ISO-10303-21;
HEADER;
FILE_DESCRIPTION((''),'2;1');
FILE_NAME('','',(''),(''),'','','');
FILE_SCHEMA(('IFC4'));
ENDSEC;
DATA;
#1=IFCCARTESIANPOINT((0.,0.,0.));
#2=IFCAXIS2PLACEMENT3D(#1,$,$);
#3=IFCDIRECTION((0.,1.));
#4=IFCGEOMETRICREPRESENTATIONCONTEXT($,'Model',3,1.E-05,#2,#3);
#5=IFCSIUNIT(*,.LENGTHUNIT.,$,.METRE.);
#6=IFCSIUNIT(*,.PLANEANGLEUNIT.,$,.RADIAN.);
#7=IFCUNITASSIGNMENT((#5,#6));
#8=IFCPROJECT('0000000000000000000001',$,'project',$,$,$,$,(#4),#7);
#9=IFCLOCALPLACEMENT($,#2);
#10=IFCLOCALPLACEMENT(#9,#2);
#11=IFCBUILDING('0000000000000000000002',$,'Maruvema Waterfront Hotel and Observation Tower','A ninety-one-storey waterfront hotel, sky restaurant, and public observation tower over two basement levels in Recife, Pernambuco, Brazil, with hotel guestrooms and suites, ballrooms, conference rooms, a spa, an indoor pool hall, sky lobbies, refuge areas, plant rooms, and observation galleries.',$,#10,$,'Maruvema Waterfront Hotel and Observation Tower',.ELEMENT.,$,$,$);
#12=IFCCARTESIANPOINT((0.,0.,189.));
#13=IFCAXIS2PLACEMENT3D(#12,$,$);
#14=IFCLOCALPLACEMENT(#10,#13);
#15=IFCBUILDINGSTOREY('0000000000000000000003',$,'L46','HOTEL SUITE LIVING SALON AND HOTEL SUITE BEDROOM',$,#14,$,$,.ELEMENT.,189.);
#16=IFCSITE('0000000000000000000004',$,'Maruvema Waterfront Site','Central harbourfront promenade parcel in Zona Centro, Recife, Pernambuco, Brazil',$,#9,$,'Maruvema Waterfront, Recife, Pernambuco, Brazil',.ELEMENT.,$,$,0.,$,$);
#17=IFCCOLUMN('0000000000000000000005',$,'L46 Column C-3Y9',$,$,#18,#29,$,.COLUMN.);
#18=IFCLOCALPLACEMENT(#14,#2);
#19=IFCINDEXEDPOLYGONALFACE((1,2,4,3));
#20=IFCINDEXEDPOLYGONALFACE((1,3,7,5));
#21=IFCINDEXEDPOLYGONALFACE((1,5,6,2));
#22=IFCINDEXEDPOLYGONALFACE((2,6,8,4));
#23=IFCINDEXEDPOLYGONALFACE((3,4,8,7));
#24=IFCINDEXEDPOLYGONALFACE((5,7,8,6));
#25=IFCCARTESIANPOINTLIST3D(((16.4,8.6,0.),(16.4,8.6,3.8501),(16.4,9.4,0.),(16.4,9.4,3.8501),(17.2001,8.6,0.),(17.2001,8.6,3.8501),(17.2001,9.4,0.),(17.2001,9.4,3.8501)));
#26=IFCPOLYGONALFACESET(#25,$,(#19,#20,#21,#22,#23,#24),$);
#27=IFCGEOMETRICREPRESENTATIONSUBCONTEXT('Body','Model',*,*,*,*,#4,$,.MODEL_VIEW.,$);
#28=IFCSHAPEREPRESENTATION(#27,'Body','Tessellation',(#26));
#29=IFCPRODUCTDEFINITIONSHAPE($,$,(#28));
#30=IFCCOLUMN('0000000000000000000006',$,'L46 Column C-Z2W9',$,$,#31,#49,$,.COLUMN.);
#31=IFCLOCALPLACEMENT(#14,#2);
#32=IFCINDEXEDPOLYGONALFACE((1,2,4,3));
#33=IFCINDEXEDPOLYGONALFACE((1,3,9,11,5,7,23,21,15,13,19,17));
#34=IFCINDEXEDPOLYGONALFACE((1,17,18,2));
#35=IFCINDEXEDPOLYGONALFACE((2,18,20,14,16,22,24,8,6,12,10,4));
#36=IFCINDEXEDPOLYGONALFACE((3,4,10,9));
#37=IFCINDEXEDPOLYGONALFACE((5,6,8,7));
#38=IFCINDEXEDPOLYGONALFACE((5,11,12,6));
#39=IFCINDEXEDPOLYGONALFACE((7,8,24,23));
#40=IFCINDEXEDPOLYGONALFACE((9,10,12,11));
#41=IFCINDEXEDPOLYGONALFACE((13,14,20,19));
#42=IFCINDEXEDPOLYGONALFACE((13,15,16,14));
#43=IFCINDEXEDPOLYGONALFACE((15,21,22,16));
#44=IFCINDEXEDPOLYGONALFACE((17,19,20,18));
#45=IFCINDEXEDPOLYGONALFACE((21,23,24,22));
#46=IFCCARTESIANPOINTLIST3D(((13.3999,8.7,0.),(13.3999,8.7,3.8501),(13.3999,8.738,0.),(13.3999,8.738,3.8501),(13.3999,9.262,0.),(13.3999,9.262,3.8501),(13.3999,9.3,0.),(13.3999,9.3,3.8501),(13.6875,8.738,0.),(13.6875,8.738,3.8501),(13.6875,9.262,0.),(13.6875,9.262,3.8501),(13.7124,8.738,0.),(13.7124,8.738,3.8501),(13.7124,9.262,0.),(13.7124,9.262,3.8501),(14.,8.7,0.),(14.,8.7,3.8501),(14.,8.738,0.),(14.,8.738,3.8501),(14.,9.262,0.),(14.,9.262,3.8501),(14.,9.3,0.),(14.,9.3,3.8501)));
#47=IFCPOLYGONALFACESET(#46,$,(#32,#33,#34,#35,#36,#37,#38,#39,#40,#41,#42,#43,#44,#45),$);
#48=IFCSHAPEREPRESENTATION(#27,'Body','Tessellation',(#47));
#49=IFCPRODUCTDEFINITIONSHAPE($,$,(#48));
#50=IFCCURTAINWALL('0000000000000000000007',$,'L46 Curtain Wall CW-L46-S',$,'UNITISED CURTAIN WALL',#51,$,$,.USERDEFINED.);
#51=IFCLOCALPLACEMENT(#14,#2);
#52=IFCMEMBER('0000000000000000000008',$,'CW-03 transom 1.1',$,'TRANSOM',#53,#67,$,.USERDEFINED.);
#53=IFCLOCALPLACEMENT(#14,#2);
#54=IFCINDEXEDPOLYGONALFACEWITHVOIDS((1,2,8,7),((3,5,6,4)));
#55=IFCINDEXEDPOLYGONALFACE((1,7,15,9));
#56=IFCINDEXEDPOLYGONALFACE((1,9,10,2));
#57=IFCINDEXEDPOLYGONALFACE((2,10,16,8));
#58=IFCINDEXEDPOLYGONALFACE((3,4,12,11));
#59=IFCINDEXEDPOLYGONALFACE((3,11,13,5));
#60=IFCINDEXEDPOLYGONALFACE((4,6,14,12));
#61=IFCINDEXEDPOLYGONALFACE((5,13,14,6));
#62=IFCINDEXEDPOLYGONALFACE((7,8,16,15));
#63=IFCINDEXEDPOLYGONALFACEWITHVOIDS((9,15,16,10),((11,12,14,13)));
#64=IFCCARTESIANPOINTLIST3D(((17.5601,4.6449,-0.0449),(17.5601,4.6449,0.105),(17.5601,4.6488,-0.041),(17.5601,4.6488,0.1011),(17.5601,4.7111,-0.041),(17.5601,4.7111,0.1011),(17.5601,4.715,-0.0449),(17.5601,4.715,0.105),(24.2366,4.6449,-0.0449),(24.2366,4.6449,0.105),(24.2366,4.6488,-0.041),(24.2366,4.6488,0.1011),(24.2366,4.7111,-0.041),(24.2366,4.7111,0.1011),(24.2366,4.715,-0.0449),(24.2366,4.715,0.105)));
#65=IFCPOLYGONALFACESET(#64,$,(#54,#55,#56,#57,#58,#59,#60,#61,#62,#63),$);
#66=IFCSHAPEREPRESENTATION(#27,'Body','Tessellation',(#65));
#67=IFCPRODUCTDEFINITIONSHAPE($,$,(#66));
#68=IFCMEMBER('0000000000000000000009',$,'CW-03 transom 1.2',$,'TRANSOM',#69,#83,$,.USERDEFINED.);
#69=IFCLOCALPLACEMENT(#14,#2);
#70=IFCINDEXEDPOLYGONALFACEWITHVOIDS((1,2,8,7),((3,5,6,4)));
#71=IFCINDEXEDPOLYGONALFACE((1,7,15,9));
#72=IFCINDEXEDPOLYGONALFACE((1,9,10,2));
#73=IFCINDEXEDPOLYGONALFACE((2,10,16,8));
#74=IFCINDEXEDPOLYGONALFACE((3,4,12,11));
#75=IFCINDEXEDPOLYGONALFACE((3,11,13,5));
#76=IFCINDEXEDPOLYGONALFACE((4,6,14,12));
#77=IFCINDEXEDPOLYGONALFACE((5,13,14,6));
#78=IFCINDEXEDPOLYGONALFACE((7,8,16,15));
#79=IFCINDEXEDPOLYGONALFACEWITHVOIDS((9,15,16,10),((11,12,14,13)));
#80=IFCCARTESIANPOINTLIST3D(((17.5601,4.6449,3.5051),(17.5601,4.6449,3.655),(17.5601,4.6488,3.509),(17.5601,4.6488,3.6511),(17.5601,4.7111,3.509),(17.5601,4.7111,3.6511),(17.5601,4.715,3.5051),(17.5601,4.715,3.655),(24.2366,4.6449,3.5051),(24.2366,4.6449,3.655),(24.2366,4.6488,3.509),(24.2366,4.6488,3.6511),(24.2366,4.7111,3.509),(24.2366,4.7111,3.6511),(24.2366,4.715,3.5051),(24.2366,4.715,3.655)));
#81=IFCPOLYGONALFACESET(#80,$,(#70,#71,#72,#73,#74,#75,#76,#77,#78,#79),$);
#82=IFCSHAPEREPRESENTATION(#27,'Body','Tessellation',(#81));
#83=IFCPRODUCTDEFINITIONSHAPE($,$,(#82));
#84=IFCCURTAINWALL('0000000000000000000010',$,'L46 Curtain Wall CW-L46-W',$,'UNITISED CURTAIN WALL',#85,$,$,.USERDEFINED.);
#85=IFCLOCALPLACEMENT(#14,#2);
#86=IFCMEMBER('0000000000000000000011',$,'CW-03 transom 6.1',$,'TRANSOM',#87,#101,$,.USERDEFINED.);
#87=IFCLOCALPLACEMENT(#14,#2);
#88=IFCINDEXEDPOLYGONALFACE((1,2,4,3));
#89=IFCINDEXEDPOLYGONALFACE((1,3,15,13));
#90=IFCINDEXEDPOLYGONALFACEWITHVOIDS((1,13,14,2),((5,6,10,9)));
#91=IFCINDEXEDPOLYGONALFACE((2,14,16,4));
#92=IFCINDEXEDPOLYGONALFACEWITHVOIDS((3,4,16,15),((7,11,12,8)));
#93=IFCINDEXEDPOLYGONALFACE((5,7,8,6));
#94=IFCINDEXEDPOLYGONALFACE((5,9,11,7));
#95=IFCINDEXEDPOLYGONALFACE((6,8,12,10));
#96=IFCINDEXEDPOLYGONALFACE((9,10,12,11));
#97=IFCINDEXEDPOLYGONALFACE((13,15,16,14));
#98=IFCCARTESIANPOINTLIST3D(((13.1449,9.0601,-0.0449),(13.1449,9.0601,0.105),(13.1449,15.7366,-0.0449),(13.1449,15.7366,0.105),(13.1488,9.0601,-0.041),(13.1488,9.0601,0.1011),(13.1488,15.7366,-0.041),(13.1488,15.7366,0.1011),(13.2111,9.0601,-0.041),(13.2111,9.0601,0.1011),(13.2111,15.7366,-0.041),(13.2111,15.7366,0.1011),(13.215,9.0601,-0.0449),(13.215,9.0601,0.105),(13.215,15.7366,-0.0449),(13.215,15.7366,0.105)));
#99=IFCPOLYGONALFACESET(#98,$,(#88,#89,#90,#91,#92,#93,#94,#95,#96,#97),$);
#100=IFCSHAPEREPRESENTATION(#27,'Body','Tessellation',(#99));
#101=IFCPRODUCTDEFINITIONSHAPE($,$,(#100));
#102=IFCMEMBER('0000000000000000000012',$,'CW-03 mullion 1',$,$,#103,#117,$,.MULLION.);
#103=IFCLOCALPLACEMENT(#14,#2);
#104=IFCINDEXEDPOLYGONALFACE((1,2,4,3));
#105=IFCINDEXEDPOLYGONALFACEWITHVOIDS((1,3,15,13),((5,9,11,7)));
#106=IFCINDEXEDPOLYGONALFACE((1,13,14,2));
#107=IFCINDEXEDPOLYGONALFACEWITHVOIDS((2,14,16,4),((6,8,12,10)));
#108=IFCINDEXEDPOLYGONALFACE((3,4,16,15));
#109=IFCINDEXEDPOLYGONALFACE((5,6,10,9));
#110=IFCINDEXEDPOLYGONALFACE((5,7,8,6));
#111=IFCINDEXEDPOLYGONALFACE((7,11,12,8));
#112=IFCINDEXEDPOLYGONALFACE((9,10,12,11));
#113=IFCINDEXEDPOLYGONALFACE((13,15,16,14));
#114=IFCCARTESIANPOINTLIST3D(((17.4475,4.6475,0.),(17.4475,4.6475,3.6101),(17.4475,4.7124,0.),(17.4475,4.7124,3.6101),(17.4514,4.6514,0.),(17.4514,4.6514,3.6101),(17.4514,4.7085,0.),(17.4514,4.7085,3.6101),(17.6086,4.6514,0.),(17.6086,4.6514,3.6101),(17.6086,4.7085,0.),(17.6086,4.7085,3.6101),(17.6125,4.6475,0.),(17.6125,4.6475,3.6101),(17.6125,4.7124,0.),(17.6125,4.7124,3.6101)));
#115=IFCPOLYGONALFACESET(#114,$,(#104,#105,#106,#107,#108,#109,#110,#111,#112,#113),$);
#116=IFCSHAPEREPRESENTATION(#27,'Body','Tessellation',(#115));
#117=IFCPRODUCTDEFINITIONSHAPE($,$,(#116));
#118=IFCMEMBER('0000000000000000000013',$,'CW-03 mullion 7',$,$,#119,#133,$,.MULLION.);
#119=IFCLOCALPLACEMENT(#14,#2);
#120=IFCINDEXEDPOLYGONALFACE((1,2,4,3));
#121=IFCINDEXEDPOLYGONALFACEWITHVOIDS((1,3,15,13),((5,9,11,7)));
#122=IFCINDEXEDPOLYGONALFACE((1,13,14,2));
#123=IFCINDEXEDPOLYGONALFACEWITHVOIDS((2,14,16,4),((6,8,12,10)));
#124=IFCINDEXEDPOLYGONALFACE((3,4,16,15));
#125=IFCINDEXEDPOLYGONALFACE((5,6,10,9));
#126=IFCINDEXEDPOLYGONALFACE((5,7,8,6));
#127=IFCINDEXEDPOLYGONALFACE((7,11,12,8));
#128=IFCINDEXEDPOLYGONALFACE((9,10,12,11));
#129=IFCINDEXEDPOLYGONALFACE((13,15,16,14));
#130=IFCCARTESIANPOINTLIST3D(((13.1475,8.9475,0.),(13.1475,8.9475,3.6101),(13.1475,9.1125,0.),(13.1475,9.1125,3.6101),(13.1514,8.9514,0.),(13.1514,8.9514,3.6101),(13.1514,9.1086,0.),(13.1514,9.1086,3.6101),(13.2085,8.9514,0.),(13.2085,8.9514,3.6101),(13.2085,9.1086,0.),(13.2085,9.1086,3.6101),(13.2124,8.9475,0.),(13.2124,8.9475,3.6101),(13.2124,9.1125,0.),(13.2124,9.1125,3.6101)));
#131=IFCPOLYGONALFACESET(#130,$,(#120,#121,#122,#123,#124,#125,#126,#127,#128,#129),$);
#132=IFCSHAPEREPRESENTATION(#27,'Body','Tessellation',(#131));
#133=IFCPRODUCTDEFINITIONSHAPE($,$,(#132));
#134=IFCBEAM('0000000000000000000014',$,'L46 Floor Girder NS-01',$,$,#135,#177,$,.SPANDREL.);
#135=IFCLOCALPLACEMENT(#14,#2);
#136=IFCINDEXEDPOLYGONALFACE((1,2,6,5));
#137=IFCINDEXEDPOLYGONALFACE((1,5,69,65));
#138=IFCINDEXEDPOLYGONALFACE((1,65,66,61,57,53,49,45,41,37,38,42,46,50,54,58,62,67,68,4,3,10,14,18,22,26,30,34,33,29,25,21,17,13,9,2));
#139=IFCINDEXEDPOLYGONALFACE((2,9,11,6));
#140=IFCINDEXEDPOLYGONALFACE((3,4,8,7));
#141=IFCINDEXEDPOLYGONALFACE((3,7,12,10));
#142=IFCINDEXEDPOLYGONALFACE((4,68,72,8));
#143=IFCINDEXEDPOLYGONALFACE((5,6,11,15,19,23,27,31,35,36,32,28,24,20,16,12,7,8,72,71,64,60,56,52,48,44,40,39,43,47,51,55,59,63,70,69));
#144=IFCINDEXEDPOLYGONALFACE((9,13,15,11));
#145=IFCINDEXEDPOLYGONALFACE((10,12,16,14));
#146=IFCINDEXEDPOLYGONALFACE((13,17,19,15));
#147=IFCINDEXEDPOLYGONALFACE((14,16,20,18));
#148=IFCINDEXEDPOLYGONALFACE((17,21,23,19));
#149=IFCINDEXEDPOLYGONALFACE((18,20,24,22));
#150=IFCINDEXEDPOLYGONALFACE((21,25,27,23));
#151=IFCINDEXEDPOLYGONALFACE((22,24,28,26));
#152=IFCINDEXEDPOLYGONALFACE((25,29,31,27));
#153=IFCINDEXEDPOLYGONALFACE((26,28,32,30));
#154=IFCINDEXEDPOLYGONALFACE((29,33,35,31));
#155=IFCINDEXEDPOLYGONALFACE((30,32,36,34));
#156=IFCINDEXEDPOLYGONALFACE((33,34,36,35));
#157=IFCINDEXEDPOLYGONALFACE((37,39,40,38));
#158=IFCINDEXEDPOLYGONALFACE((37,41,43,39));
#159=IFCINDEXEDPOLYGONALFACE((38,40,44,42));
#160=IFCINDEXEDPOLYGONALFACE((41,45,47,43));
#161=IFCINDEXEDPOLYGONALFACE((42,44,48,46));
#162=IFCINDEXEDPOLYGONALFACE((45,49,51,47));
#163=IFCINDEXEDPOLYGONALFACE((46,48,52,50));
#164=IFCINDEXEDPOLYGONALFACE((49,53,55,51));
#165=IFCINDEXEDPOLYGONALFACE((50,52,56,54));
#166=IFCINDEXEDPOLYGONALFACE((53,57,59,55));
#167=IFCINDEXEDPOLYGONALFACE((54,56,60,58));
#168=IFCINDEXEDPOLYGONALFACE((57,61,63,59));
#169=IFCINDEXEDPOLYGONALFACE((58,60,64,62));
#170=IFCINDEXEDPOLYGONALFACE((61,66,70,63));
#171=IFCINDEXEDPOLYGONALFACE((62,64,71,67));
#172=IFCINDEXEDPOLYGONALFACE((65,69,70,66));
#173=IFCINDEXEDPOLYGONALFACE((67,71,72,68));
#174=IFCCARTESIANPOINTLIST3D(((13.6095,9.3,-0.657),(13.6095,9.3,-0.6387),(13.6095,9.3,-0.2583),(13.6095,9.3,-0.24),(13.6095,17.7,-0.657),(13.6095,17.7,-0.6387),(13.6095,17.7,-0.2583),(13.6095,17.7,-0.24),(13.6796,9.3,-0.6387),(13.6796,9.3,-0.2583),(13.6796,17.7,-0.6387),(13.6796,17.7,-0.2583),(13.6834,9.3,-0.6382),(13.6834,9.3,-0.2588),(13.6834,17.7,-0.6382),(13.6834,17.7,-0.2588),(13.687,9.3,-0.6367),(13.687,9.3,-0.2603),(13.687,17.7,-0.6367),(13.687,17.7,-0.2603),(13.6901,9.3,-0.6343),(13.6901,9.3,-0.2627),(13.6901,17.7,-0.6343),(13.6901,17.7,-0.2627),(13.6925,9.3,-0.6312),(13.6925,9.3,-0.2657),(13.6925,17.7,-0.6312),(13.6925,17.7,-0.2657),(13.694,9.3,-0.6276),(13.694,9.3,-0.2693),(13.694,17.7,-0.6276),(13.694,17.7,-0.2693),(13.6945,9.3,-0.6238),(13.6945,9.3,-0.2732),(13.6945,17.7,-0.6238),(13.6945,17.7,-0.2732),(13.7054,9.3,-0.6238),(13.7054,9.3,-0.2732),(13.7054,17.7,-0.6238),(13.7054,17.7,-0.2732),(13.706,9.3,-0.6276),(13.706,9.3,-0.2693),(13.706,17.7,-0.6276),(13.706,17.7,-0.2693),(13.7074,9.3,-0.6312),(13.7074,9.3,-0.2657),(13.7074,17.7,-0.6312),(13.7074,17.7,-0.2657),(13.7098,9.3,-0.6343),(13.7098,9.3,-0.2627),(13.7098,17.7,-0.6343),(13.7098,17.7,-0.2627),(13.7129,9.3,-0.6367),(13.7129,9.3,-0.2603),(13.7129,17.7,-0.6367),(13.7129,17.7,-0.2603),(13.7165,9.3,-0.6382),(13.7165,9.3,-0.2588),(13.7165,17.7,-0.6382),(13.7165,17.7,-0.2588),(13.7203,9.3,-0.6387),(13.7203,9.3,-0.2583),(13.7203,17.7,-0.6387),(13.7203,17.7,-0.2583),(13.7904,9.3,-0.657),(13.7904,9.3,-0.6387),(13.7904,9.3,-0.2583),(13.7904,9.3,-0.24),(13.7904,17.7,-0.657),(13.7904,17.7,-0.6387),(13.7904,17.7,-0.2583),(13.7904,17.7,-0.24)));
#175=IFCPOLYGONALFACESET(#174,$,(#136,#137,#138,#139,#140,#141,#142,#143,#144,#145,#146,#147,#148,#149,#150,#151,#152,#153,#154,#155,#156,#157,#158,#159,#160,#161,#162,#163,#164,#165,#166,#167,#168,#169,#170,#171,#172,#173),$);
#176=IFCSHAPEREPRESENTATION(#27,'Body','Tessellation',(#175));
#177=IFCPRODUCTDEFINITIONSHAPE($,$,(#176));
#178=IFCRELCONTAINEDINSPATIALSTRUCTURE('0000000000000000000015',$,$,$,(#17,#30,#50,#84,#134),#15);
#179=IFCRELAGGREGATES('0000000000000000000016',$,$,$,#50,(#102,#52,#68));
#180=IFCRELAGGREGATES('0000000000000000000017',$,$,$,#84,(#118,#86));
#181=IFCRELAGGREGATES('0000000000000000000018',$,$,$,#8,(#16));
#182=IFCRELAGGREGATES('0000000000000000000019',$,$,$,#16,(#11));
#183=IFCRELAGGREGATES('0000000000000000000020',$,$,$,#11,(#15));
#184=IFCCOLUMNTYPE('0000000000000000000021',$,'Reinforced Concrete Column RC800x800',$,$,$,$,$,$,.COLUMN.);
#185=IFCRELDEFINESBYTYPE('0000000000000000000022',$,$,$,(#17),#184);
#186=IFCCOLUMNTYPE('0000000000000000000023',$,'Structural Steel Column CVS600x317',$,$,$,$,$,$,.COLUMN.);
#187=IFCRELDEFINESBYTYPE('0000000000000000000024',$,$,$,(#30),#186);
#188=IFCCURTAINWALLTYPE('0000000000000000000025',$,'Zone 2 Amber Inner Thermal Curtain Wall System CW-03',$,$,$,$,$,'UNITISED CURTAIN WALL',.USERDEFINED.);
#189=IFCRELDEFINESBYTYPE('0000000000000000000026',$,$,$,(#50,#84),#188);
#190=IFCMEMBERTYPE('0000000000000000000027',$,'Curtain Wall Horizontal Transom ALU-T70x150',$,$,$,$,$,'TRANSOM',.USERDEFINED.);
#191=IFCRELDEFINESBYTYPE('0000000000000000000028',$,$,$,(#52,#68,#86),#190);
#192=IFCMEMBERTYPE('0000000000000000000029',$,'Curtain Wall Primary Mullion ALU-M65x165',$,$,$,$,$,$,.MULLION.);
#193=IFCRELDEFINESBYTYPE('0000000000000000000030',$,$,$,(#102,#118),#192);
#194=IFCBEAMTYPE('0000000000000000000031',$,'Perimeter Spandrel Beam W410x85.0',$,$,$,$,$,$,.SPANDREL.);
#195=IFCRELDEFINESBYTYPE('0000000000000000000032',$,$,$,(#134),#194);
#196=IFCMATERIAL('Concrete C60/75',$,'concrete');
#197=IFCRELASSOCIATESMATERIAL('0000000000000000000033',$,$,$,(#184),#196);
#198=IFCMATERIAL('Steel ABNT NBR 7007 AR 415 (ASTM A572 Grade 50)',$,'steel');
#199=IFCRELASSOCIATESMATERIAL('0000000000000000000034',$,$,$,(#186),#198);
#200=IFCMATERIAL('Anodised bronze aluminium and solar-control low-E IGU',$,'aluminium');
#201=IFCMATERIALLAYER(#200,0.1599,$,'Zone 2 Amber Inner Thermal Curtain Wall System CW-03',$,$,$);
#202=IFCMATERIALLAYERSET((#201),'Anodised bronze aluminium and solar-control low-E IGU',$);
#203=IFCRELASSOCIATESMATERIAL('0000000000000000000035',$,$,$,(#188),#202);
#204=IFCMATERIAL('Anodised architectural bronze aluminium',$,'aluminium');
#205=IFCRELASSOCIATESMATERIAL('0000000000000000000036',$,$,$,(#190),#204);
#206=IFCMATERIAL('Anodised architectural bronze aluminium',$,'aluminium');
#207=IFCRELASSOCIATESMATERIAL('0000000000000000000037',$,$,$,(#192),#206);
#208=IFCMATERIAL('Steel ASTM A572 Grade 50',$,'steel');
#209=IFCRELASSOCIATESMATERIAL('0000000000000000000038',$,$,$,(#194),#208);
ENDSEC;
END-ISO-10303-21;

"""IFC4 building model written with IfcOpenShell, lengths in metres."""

from ifc_helpers import new_model, si_unit, direction, frame, origin, origin_2d, place, context, subcontext, project, spatial, rectangle, hollow_rectangle, i_section, extrude, material, layer, layer_set, material_profile, profile_set, type_object, element, aggregate, save


model = new_model("IFC4")

# Units and contexts
model_context = context("Model", 3, precision=1e-05, world=origin(), true_north=direction((0.0, 1.0)))
body_context = subcontext(model_context, "Body", "Model", "MODEL_VIEW")
ifc_project = project(units=[si_unit("LENGTHUNIT", "METRE"), si_unit("PLANEANGLEUNIT", "RADIAN")], contexts=[model_context])

# Site, building, storey
site_placement = place(None, origin())
site = spatial("IfcSite", under=ifc_project, at=site_placement, Name="Maruvema Waterfront Site", Description="Central harbourfront promenade parcel in Zona Centro, Recife, Pernambuco, Brazil", LongName="Maruvema Waterfront, Recife, Pernambuco, Brazil", CompositionType="ELEMENT", RefElevation=0.0)
building_placement = place(site_placement, origin())
building = spatial("IfcBuilding", under=site, at=building_placement, Name="Maruvema Waterfront Hotel and Observation Tower", Description="A ninety-one-storey waterfront hotel, sky restaurant, and public observation tower over two basement levels in Recife, Pernambuco, Brazil, with hotel guestrooms and suites, ballrooms, conference rooms, a spa, an indoor pool hall, sky lobbies, refuge areas, plant rooms, and observation galleries.", LongName="Maruvema Waterfront Hotel and Observation Tower", CompositionType="ELEMENT")
storey_placement = place(building_placement, frame((0.0, 0.0, 189.0)))
storey = spatial("IfcBuildingStorey", under=building, at=storey_placement, Name="L46", Description="HOTEL SUITE LIVING SALON AND HOTEL SUITE BEDROOM", CompositionType="ELEMENT", Elevation=189.0)

# Columns
ifc_material_1 = material(Name="Concrete C60/75", Category="concrete")
ifc_material_profile_1 = material_profile(ifc_material_1, rectangle(XDim=0.8, YDim=0.8, at=origin_2d()), Name="RC800x800")
ifc_profile_set_1 = profile_set([ifc_material_profile_1], Name="Concrete C60/75")
column_type_1 = type_object("IfcColumnType", Name="Reinforced Concrete Column RC800x800", PredefinedType="COLUMN", material=ifc_profile_set_1)
column_1_placement = place(storey_placement, frame((16.8, 9.0, 0.0), z_axis=(0.0, 0.0, 1.0), x_axis=(1.0, 0.0, 0.0)))
element("IfcColumn", 1, at=column_1_placement, inside=storey, type_object=column_type_1, Name="L46 Column C-3Y9", PredefinedType="COLUMN", context=body_context, shape_type="SweptSolid", body=[
    extrude(rectangle(XDim=0.8, YDim=0.8, at=origin_2d()), origin(), (0.0, 0.0, 1.0), 3.8501),
])
ifc_material_2 = material(Name="Steel ABNT NBR 7007 AR 415 (ASTM A572 Grade 50)", Category="steel")
ifc_material_profile_2 = material_profile(ifc_material_2, i_section(OverallWidth=0.6001, OverallDepth=0.6001, WebThickness=0.0249, FlangeThickness=0.0381, at=origin_2d()), Name="CVS600x317")
ifc_profile_set_2 = profile_set([ifc_material_profile_2], Name="Steel ABNT NBR 7007 AR 415 (ASTM A572 Grade 50)")
column_type_2 = type_object("IfcColumnType", Name="Structural Steel Column CVS600x317", PredefinedType="COLUMN", material=ifc_profile_set_2)
column_2_placement = place(storey_placement, frame((13.7, 9.0, 0.0), z_axis=(0.0, 0.0, 1.0), x_axis=(1.0, 0.0, 0.0)))
element("IfcColumn", 2, at=column_2_placement, inside=storey, type_object=column_type_2, Name="L46 Column C-Z2W9", PredefinedType="COLUMN", context=body_context, shape_type="SweptSolid", body=[
    extrude(i_section(OverallWidth=0.6001, OverallDepth=0.6001, WebThickness=0.0249, FlangeThickness=0.0381, at=origin_2d()), origin(), (0.0, 0.0, 1.0), 3.8501),
])

# Curtain wall, members
ifc_material_3 = material(Name="Anodised bronze aluminium and solar-control low-E IGU", Category="aluminium")
ifc_layer_1 = layer(ifc_material_3, 0.1599, Name="Zone 2 Amber Inner Thermal Curtain Wall System CW-03")
ifc_layer_set_1 = layer_set([ifc_layer_1], Name="Anodised bronze aluminium and solar-control low-E IGU")
curtain_wall_type = type_object("IfcCurtainWallType", Name="Zone 2 Amber Inner Thermal Curtain Wall System CW-03", ElementType="UNITISED CURTAIN WALL", PredefinedType="USERDEFINED", material=ifc_layer_set_1)
curtain_wall_1_placement = place(storey_placement, origin())
curtain_wall_1 = element("IfcCurtainWall", 3, at=curtain_wall_1_placement, inside=storey, type_object=curtain_wall_type, Name="L46 Curtain Wall CW-L46-S", ObjectType="UNITISED CURTAIN WALL", PredefinedType="USERDEFINED")
ifc_material_4 = material(Name="Anodised architectural bronze aluminium", Category="aluminium")
ifc_material_profile_3 = material_profile(ifc_material_4, hollow_rectangle(XDim=0.0701, YDim=0.1499, WallThickness=0.0039, at=origin_2d()), Name="ALU-T70x150")
ifc_profile_set_3 = profile_set([ifc_material_profile_3], Name="Anodised architectural bronze aluminium")
member_type_1 = type_object("IfcMemberType", Name="Curtain Wall Horizontal Transom ALU-T70x150", ElementType="TRANSOM", PredefinedType="USERDEFINED", material=ifc_profile_set_3)
member_1_placement = place(storey_placement, frame((17.5601, 4.6799, 0.03), z_axis=(1.0, 0.0, 0.0), x_axis=(0.0, 1.0, 0.0)))
member_1 = element("IfcMember", 4, at=member_1_placement, type_object=member_type_1, Name="CW-03 transom 1.1", ObjectType="TRANSOM", PredefinedType="USERDEFINED", context=body_context, shape_type="SweptSolid", body=[
    extrude(hollow_rectangle(XDim=0.0701, YDim=0.1499, WallThickness=0.0039, at=origin_2d()), origin(), (0.0, 0.0, 1.0), 6.6765),
])
member_2_placement = place(storey_placement, frame((17.5601, 4.6799, 3.5801), z_axis=(1.0, 0.0, 0.0), x_axis=(0.0, 1.0, 0.0)))
member_2 = element("IfcMember", 5, at=member_2_placement, type_object=member_type_1, Name="CW-03 transom 1.2", ObjectType="TRANSOM", PredefinedType="USERDEFINED", context=body_context, shape_type="SweptSolid", body=[
    extrude(hollow_rectangle(XDim=0.0701, YDim=0.1499, WallThickness=0.0039, at=origin_2d()), origin(), (0.0, 0.0, 1.0), 6.6765),
])

# Curtain wall, member
curtain_wall_2_placement = place(storey_placement, origin())
curtain_wall_2 = element("IfcCurtainWall", 6, at=curtain_wall_2_placement, inside=storey, type_object=curtain_wall_type, Name="L46 Curtain Wall CW-L46-W", ObjectType="UNITISED CURTAIN WALL", PredefinedType="USERDEFINED")
member_3_placement = place(storey_placement, frame((13.1799, 15.7366, 0.03), z_axis=(0.0, -1.0, 0.0), x_axis=(1.0, 0.0, 0.0)))
member_3 = element("IfcMember", 7, at=member_3_placement, type_object=member_type_1, Name="CW-03 transom 6.1", ObjectType="TRANSOM", PredefinedType="USERDEFINED", context=body_context, shape_type="SweptSolid", body=[
    extrude(hollow_rectangle(XDim=0.0701, YDim=0.1499, WallThickness=0.0039, at=origin_2d()), origin(), (0.0, 0.0, 1.0), 6.6765),
])

# Members
ifc_material_5 = material(Name="Anodised architectural bronze aluminium", Category="aluminium")
ifc_material_profile_4 = material_profile(ifc_material_5, hollow_rectangle(XDim=0.0649, YDim=0.165, WallThickness=0.0039, at=origin_2d()), Name="ALU-M65x165")
ifc_profile_set_4 = profile_set([ifc_material_profile_4], Name="Anodised architectural bronze aluminium")
member_type_2 = type_object("IfcMemberType", Name="Curtain Wall Primary Mullion ALU-M65x165", PredefinedType="MULLION", material=ifc_profile_set_4)
member_4_placement = place(storey_placement, frame((17.53, 4.6799, 0.0), z_axis=(0.0, 0.0, 1.0), x_axis=(0.0, 1.0, 0.0)))
member_4 = element("IfcMember", 8, at=member_4_placement, type_object=member_type_2, Name="CW-03 mullion 1", PredefinedType="MULLION", context=body_context, shape_type="SweptSolid", body=[
    extrude(hollow_rectangle(XDim=0.0649, YDim=0.165, WallThickness=0.0039, at=origin_2d()), origin(), (0.0, 0.0, 1.0), 3.6101),
])
member_5_placement = place(storey_placement, frame((13.1799, 9.03, 0.0), z_axis=(0.0, 0.0, 1.0), x_axis=(1.0, 0.0, 0.0)))
member_5 = element("IfcMember", 9, at=member_5_placement, type_object=member_type_2, Name="CW-03 mullion 7", PredefinedType="MULLION", context=body_context, shape_type="SweptSolid", body=[
    extrude(hollow_rectangle(XDim=0.0649, YDim=0.165, WallThickness=0.0039, at=origin_2d()), origin(), (0.0, 0.0, 1.0), 3.6101),
])

# Beam
ifc_material_6 = material(Name="Steel ASTM A572 Grade 50", Category="steel")
ifc_material_profile_5 = material_profile(ifc_material_6, i_section(OverallWidth=0.1809, OverallDepth=0.417, WebThickness=0.011, FlangeThickness=0.0183, FilletRadius=0.0149, at=origin_2d()), Name="W410x85.0")
ifc_profile_set_5 = profile_set([ifc_material_profile_5], Name="Steel ASTM A572 Grade 50")
beam_type_1 = type_object("IfcBeamType", Name="Perimeter Spandrel Beam W410x85.0", PredefinedType="SPANDREL", material=ifc_profile_set_5)
beam_1_placement = place(storey_placement, frame((13.7, 9.3, -0.4485), z_axis=(0.0, 1.0, 0.0), x_axis=(-1.0, 0.0, 0.0)))
element("IfcBeam", 10, at=beam_1_placement, inside=storey, type_object=beam_type_1, Name="L46 Floor Girder NS-01", PredefinedType="SPANDREL", context=body_context, shape_type="SweptSolid", body=[
    extrude(i_section(OverallWidth=0.1809, OverallDepth=0.417, WebThickness=0.011, FlangeThickness=0.0183, FilletRadius=0.0149, at=origin_2d()), origin(), (0.0, 0.0, 1.0), 8.3999),
])

aggregate(curtain_wall_1, [member_4, member_1, member_2])
aggregate(curtain_wall_2, [member_5, member_3])

save(model, "model.ifc")
